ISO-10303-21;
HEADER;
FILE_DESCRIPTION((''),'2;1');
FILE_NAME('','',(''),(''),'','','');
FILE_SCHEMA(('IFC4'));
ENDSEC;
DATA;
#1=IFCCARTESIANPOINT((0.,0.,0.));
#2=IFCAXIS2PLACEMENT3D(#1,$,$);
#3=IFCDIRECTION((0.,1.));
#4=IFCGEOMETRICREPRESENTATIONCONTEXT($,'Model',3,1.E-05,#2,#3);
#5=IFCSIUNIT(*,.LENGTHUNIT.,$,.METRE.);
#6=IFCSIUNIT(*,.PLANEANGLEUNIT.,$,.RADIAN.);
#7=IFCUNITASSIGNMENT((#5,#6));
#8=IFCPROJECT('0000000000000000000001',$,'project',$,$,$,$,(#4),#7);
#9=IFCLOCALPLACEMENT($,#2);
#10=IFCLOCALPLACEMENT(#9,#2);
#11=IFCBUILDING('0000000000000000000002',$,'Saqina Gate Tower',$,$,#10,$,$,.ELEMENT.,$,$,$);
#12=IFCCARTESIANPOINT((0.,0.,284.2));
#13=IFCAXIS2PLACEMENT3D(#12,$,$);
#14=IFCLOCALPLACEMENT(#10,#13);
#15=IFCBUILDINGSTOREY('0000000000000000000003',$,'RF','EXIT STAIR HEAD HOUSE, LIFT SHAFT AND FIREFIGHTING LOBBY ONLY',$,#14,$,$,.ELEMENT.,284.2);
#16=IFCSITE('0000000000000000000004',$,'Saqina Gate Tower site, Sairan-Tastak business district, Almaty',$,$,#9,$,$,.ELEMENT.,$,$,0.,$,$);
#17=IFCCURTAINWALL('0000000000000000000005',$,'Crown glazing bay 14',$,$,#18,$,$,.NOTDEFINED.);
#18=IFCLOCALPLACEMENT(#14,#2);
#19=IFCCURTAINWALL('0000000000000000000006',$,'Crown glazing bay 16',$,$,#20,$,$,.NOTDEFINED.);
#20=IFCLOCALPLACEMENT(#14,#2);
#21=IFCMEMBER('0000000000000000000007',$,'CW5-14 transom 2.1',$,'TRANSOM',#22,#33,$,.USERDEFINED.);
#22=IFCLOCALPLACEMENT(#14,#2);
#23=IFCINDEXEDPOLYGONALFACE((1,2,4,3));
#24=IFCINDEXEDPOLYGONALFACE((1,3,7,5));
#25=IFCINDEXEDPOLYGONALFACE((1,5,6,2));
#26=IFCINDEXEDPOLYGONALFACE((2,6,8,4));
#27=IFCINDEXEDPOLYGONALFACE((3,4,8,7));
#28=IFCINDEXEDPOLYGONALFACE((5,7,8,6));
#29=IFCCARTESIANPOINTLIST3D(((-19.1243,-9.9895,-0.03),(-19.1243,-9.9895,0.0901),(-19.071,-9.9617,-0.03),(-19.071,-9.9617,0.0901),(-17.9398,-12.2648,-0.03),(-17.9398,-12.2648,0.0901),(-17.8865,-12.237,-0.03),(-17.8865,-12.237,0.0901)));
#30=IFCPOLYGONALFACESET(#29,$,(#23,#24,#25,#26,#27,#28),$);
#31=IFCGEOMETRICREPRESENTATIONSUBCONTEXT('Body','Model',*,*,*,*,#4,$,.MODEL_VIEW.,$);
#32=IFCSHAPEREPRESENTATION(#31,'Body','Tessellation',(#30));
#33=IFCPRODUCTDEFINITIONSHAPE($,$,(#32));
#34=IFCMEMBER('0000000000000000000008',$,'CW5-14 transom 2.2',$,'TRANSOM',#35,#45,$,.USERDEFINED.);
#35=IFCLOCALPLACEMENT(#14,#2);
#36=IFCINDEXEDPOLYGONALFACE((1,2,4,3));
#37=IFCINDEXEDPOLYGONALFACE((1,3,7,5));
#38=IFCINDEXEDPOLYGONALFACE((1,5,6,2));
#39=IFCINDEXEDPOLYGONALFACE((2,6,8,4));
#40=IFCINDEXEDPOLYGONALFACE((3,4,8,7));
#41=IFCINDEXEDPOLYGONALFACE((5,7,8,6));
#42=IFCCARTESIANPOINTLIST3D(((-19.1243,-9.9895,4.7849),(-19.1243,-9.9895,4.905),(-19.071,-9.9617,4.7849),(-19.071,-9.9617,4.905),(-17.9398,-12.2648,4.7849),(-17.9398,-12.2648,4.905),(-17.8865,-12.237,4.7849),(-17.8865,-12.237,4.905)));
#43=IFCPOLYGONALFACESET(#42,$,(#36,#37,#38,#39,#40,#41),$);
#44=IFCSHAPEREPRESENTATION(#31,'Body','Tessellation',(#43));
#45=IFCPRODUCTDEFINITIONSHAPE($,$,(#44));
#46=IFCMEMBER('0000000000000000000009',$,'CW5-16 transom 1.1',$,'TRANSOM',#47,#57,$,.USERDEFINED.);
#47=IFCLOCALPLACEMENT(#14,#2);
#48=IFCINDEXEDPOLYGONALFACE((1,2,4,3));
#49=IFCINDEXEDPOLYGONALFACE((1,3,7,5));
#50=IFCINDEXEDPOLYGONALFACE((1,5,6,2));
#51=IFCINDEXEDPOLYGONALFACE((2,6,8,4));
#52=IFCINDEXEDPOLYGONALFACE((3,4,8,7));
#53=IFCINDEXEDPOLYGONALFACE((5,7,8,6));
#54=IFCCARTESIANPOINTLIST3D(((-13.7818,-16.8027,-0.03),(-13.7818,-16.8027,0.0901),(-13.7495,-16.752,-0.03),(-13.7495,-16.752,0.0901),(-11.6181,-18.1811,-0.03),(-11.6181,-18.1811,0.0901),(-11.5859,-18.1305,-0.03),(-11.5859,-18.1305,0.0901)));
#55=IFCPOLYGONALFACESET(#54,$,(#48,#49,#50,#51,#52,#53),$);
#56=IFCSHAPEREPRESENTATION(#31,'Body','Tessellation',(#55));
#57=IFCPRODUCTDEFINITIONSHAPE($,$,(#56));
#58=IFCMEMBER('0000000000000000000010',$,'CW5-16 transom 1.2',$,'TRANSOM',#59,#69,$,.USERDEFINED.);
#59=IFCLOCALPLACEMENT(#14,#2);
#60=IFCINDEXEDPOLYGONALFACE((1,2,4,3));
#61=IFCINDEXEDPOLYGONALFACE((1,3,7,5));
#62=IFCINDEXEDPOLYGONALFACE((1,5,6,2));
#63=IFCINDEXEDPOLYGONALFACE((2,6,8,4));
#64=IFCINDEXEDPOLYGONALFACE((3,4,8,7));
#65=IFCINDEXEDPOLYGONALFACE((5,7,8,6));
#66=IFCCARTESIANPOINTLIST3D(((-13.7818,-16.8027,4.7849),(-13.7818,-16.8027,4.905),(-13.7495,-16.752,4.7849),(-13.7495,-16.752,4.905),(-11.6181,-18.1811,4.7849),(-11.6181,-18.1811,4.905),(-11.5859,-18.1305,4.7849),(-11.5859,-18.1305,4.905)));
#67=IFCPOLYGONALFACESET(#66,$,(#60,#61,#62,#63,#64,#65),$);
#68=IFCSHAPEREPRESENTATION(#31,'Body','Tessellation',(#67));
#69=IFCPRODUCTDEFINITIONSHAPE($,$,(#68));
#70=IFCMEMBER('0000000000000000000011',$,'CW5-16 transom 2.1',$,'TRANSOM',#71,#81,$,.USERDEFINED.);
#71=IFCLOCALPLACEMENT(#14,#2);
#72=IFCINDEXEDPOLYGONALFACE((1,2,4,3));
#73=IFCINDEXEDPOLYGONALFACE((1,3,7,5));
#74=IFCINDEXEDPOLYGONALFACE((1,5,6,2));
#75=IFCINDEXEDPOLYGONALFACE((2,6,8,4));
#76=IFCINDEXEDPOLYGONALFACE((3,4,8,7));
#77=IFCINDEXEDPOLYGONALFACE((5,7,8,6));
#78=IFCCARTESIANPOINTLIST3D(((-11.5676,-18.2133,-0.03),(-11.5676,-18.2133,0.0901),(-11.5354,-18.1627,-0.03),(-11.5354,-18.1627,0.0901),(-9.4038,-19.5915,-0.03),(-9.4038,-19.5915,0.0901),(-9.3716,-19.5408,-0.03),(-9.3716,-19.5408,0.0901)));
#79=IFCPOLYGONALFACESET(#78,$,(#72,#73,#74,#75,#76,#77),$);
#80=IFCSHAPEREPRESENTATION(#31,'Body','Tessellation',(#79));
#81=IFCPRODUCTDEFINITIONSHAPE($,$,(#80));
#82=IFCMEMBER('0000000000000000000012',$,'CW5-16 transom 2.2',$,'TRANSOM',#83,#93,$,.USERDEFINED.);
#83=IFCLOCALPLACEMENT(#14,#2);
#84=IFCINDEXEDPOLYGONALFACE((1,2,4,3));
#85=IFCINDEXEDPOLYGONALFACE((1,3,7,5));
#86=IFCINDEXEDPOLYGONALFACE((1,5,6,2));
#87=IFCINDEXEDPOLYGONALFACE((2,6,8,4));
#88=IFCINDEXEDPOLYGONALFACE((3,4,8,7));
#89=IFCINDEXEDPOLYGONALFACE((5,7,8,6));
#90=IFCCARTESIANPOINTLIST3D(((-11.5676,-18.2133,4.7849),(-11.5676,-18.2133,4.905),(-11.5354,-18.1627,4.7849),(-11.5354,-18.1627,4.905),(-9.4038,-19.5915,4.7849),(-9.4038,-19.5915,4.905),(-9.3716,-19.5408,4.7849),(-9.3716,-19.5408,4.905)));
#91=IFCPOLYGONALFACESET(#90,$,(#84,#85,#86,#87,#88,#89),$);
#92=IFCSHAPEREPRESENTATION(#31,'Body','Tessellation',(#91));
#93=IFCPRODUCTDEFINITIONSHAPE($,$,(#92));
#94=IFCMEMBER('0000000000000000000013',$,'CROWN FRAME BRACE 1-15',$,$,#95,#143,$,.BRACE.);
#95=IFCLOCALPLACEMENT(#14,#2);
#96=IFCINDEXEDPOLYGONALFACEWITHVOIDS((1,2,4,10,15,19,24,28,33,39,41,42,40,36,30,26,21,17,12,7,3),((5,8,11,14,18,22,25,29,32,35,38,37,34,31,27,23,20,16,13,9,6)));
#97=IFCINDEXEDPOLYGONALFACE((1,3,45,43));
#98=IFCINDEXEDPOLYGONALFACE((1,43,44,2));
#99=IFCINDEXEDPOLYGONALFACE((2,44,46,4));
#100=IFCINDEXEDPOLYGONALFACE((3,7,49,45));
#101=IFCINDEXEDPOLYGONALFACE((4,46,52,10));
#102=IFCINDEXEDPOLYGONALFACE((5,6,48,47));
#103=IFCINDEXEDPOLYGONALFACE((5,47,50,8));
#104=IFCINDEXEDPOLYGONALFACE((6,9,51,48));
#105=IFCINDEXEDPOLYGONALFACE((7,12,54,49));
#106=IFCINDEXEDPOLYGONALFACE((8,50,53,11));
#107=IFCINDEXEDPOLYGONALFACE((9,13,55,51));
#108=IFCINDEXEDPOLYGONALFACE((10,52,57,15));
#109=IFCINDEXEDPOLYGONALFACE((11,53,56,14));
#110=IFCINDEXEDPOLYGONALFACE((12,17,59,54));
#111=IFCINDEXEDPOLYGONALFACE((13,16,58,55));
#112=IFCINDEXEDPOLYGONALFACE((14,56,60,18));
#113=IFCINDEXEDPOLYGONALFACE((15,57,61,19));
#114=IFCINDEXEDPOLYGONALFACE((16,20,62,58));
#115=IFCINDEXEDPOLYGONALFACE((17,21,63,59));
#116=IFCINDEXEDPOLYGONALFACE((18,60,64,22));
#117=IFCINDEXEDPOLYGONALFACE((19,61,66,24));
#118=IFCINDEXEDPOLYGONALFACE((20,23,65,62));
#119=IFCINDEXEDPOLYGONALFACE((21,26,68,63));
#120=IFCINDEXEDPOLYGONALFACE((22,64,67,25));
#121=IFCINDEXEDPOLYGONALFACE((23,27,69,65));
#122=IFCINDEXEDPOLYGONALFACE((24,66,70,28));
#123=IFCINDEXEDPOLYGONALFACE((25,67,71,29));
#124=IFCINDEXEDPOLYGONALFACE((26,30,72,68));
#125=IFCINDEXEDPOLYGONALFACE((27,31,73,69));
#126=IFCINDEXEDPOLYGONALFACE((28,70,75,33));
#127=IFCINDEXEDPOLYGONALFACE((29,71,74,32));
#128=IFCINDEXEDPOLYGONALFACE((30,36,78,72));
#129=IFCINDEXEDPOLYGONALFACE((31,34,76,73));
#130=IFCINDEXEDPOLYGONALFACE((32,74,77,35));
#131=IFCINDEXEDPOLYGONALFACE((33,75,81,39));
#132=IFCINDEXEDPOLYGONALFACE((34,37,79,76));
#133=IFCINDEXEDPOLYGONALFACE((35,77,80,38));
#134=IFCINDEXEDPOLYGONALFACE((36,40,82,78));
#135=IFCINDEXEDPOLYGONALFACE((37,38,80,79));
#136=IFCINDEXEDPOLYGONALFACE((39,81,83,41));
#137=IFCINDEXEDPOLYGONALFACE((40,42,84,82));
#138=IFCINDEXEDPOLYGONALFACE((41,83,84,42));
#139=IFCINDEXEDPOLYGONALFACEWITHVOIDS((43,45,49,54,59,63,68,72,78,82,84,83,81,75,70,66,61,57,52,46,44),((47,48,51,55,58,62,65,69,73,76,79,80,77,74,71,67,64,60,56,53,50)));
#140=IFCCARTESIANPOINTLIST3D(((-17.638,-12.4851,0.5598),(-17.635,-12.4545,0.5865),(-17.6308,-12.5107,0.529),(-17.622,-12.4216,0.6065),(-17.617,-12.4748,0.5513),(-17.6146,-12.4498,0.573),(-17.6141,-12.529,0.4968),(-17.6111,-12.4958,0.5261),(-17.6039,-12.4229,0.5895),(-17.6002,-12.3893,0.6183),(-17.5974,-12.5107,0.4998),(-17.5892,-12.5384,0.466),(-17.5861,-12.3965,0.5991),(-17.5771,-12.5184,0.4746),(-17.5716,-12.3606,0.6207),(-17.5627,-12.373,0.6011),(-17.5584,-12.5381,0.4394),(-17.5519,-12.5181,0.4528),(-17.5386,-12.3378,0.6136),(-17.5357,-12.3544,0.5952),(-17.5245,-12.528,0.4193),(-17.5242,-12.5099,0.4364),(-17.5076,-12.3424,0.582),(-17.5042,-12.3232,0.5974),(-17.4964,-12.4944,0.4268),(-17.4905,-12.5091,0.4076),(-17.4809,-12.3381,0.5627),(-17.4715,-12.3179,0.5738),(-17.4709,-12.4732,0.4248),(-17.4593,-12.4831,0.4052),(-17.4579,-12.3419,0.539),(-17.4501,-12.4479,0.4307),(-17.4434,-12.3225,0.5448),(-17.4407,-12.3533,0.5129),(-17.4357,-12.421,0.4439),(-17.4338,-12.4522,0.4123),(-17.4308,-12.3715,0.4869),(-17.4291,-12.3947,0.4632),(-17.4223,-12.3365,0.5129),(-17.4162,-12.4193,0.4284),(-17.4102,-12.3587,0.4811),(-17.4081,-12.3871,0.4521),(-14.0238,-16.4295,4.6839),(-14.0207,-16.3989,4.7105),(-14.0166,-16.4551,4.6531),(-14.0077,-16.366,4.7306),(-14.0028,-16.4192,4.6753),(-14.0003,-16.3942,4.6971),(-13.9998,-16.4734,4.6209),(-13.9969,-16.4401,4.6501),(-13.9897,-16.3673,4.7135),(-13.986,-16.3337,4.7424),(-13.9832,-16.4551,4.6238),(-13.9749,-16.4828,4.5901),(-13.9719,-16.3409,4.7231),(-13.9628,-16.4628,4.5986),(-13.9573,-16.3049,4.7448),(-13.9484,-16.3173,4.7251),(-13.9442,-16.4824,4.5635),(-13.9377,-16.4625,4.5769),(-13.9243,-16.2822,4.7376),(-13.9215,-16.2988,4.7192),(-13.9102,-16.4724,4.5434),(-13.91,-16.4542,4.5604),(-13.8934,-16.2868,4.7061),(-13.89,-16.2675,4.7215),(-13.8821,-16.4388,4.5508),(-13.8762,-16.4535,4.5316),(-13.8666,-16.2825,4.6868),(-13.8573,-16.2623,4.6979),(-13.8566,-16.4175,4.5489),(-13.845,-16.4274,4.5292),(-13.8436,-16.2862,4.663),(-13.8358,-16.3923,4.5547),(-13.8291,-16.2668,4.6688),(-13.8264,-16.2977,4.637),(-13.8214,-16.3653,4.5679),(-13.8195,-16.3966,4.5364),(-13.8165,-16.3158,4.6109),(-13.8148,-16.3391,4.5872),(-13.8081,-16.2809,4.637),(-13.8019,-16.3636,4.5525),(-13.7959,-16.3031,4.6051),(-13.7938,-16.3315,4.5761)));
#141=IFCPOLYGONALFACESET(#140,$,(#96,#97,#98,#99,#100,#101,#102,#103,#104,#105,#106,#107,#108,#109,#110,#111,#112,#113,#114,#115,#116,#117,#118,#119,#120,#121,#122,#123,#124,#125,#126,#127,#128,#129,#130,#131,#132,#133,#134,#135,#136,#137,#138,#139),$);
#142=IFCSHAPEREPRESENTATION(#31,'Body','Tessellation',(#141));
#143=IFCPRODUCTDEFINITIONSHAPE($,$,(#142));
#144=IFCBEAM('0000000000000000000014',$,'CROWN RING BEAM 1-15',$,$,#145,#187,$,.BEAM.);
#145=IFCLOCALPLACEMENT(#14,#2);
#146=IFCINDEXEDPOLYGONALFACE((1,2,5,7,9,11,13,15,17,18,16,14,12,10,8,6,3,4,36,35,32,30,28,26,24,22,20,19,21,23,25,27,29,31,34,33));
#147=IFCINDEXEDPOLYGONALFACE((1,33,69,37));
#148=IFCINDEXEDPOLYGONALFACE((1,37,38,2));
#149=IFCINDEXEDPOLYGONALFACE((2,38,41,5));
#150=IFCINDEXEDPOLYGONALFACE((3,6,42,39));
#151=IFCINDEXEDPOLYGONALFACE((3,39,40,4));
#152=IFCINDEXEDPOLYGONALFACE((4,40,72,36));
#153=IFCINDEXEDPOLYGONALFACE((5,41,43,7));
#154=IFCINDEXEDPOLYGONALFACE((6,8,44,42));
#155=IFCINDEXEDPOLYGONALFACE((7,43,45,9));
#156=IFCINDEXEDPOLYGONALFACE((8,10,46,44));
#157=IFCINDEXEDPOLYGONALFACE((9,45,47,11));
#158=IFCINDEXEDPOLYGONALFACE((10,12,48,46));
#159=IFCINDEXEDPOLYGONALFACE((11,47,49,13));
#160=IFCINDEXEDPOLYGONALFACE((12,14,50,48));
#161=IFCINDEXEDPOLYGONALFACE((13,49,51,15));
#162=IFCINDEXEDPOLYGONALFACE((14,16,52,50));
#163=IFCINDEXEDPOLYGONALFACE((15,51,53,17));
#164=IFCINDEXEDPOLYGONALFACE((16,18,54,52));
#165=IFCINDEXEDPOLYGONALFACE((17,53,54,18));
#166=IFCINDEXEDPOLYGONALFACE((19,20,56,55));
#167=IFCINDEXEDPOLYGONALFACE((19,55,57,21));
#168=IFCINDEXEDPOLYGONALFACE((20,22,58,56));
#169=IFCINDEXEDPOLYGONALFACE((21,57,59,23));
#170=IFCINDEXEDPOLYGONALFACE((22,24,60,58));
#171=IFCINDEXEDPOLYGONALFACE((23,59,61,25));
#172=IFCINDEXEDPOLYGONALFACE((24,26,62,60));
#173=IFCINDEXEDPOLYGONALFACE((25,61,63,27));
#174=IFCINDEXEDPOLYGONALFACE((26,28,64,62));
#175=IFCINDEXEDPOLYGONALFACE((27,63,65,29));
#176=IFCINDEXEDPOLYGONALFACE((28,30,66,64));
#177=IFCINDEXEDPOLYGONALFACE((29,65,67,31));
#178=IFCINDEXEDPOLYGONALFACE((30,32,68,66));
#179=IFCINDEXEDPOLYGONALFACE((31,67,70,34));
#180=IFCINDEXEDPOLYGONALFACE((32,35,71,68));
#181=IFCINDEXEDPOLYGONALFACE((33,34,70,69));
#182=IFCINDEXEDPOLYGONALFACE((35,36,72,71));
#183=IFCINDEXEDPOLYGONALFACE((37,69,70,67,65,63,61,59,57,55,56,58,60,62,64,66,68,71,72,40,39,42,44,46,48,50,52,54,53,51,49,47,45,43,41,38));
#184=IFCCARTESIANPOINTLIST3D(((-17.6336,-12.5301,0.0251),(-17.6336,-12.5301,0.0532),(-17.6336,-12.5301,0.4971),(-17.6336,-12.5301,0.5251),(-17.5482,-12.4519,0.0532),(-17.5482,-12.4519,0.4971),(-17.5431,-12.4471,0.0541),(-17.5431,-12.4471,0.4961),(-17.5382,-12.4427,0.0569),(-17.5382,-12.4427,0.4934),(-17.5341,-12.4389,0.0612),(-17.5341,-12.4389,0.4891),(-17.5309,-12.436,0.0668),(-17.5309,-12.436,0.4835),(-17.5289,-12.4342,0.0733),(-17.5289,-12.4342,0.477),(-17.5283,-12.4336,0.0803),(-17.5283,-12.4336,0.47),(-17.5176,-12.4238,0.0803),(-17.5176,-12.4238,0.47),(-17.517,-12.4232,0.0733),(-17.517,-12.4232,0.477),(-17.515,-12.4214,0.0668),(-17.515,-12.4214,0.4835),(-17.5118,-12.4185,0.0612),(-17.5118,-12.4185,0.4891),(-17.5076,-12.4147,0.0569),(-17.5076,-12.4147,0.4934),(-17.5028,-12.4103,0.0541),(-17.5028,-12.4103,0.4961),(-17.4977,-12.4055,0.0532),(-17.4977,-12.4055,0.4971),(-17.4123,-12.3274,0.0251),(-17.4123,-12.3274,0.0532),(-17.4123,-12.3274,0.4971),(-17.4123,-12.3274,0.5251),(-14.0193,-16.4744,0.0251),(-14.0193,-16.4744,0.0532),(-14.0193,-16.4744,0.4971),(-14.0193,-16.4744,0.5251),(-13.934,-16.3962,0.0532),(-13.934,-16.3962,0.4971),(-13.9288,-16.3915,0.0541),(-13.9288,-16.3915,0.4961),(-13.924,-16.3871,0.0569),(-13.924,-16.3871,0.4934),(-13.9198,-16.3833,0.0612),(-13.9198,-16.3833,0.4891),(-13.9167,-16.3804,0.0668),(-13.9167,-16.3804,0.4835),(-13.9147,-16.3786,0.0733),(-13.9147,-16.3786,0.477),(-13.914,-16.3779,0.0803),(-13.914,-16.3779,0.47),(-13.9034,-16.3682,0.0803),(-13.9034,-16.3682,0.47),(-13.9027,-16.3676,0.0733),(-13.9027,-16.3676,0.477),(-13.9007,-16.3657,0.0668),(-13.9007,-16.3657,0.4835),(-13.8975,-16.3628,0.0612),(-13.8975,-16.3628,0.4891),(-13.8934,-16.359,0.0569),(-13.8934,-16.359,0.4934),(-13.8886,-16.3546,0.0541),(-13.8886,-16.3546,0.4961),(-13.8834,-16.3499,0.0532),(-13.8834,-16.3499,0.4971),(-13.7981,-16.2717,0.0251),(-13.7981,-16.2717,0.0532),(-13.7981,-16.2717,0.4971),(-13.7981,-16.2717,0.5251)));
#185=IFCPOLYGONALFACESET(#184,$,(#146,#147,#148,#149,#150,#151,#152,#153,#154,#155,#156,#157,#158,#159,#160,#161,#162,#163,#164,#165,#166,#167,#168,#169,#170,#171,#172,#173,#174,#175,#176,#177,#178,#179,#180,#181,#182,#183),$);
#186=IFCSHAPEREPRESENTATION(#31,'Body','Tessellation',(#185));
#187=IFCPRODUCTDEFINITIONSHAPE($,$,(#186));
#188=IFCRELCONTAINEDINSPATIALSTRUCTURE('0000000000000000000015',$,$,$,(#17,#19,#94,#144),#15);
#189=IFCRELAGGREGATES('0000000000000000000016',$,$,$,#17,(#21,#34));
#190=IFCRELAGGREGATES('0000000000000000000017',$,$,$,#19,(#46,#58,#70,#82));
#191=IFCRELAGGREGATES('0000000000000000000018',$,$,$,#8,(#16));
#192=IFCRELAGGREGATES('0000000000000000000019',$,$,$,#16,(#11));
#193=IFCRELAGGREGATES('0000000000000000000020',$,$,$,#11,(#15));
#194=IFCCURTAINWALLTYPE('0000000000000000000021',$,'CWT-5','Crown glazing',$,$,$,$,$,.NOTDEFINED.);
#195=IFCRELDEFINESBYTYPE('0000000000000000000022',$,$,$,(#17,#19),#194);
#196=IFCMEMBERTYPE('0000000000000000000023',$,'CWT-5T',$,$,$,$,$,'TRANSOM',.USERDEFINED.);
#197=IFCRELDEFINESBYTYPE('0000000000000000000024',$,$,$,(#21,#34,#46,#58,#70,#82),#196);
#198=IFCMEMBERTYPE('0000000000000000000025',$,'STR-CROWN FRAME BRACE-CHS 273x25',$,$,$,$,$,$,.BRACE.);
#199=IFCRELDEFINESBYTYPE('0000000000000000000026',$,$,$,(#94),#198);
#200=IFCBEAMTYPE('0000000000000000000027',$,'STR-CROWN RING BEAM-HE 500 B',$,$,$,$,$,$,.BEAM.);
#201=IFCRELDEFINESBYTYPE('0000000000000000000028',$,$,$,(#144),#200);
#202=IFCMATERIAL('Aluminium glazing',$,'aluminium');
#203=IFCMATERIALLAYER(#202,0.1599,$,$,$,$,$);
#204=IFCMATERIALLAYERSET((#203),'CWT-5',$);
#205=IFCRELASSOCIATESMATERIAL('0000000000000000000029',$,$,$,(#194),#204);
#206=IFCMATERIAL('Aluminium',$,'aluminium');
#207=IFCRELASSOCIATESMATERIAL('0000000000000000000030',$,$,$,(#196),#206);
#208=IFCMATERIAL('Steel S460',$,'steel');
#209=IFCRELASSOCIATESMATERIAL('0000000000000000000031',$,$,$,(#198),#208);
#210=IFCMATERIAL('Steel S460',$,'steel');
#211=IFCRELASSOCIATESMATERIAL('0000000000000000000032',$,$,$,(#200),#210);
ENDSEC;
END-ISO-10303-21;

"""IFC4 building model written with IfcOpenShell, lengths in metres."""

from ifc_helpers import new_model, si_unit, direction, frame, origin, origin_2d, place, context, subcontext, project, spatial, rectangle, hollow_circle, i_section, extrude, material, layer, layer_set, material_profile, profile_set, type_object, element, aggregate, save


model = new_model("IFC4")

# Units and contexts
model_context = context("Model", 3, precision=1e-05, world=origin(), true_north=direction((0.0, 1.0)))
body_context = subcontext(model_context, "Body", "Model", "MODEL_VIEW")
ifc_project = project(units=[si_unit("LENGTHUNIT", "METRE"), si_unit("PLANEANGLEUNIT", "RADIAN")], contexts=[model_context])

# Site, building, storey
site_placement = place(None, origin())
site = spatial("IfcSite", under=ifc_project, at=site_placement, Name="Saqina Gate Tower site, Sairan-Tastak business district, Almaty", CompositionType="ELEMENT", RefElevation=0.0)
building_placement = place(site_placement, origin())
building = spatial("IfcBuilding", under=site, at=building_placement, Name="Saqina Gate Tower", CompositionType="ELEMENT")
storey_placement = place(building_placement, frame((0.0, 0.0, 284.2)))
storey = spatial("IfcBuildingStorey", under=building, at=storey_placement, Name="RF", Description="EXIT STAIR HEAD HOUSE, LIFT SHAFT AND FIREFIGHTING LOBBY ONLY", CompositionType="ELEMENT", Elevation=284.2)

# Curtain walls
ifc_material_1 = material(Name="Aluminium glazing", Category="aluminium")
ifc_layer_1 = layer(ifc_material_1, 0.1599)
ifc_layer_set_1 = layer_set([ifc_layer_1], Name="CWT-5")
curtain_wall_type = type_object("IfcCurtainWallType", Name="CWT-5", Description="Crown glazing", PredefinedType="NOTDEFINED", material=ifc_layer_set_1)
curtain_wall_1_placement = place(storey_placement, origin())
curtain_wall_1 = element("IfcCurtainWall", 1, at=curtain_wall_1_placement, inside=storey, type_object=curtain_wall_type, Name="Crown glazing bay 14", PredefinedType="NOTDEFINED")
curtain_wall_2_placement = place(storey_placement, origin())
curtain_wall_2 = element("IfcCurtainWall", 2, at=curtain_wall_2_placement, inside=storey, type_object=curtain_wall_type, Name="Crown glazing bay 16", PredefinedType="NOTDEFINED")

# Members
ifc_material_2 = material(Name="Aluminium", Category="aluminium")
ifc_material_profile_1 = material_profile(ifc_material_2, rectangle(XDim=0.0601, YDim=0.1201, at=origin_2d()), Name="Aluminium 60x120")
ifc_profile_set_1 = profile_set([ifc_material_profile_1], Name="Aluminium")
member_type_1 = type_object("IfcMemberType", Name="CWT-5T", ElementType="TRANSOM", PredefinedType="USERDEFINED", material=ifc_profile_set_1)
member_1_placement = place(storey_placement, frame((-19.0977, -9.9756, 0.03), z_axis=(0.461772, -0.886999, 0.0), x_axis=(0.886999, 0.461772, 0.0)))
member_1 = element("IfcMember", 3, at=member_1_placement, type_object=member_type_1, Name="CW5-14 transom 2.1", ObjectType="TRANSOM", PredefinedType="USERDEFINED", context=body_context, shape_type="SweptSolid", body=[
    extrude(rectangle(XDim=0.0601, YDim=0.1201, at=origin_2d()), origin(), (0.0, 0.0, 1.0), 2.5652),
])
member_2_placement = place(storey_placement, frame((-19.0977, -9.9756, 4.845), z_axis=(0.461772, -0.886999, 0.0), x_axis=(0.886999, 0.461772, 0.0)))
member_2 = element("IfcMember", 4, at=member_2_placement, type_object=member_type_1, Name="CW5-14 transom 2.2", ObjectType="TRANSOM", PredefinedType="USERDEFINED", context=body_context, shape_type="SweptSolid", body=[
    extrude(rectangle(XDim=0.0601, YDim=0.1201, at=origin_2d()), origin(), (0.0, 0.0, 1.0), 2.5652),
])
member_3_placement = place(storey_placement, frame((-13.7656, -16.7773, 0.03), z_axis=(0.843379, -0.537319, 0.0), x_axis=(0.537319, 0.843379, 0.0)))
member_3 = element("IfcMember", 5, at=member_3_placement, type_object=member_type_1, Name="CW5-16 transom 1.1", ObjectType="TRANSOM", PredefinedType="USERDEFINED", context=body_context, shape_type="SweptSolid", body=[
    extrude(rectangle(XDim=0.0601, YDim=0.1201, at=origin_2d()), origin(), (0.0, 0.0, 1.0), 2.5654),
])
member_4_placement = place(storey_placement, frame((-13.7656, -16.7773, 4.845), z_axis=(0.843379, -0.537319, 0.0), x_axis=(0.537319, 0.843379, 0.0)))
member_4 = element("IfcMember", 6, at=member_4_placement, type_object=member_type_1, Name="CW5-16 transom 1.2", ObjectType="TRANSOM", PredefinedType="USERDEFINED", context=body_context, shape_type="SweptSolid", body=[
    extrude(rectangle(XDim=0.0601, YDim=0.1201, at=origin_2d()), origin(), (0.0, 0.0, 1.0), 2.5654),
])
member_5_placement = place(storey_placement, frame((-11.5515, -18.188, 0.03), z_axis=(0.84345, -0.537208, 0.0), x_axis=(0.537208, 0.84345, 0.0)))
member_5 = element("IfcMember", 7, at=member_5_placement, type_object=member_type_1, Name="CW5-16 transom 2.1", ObjectType="TRANSOM", PredefinedType="USERDEFINED", context=body_context, shape_type="SweptSolid", body=[
    extrude(rectangle(XDim=0.0601, YDim=0.1201, at=origin_2d()), origin(), (0.0, 0.0, 1.0), 2.5654),
])
member_6_placement = place(storey_placement, frame((-11.5515, -18.188, 4.845), z_axis=(0.84345, -0.537208, 0.0), x_axis=(0.537208, 0.84345, 0.0)))
member_6 = element("IfcMember", 8, at=member_6_placement, type_object=member_type_1, Name="CW5-16 transom 2.2", ObjectType="TRANSOM", PredefinedType="USERDEFINED", context=body_context, shape_type="SweptSolid", body=[
    extrude(rectangle(XDim=0.0601, YDim=0.1201, at=origin_2d()), origin(), (0.0, 0.0, 1.0), 2.5654),
])
ifc_material_3 = material(Name="Steel S460", Category="steel")
ifc_material_profile_2 = material_profile(ifc_material_3, hollow_circle(Radius=0.1365, WallThickness=0.0249, at=origin_2d()), Name="CHS 273x25")
ifc_profile_set_2 = profile_set([ifc_material_profile_2], Name="Steel S460")
member_type_2 = type_object("IfcMemberType", Name="STR-CROWN FRAME BRACE-CHS 273x25", PredefinedType="BRACE", material=ifc_profile_set_2)
member_7_placement = place(storey_placement, frame((-17.5229, -12.4287, 0.5129), z_axis=(0.53506, -0.583925, 0.610526), x_axis=(0.737283, 0.675584, 0.0)))
element("IfcMember", 9, at=member_7_placement, inside=storey, type_object=member_type_2, Name="CROWN FRAME BRACE 1-15", PredefinedType="BRACE", context=body_context, shape_type="SweptSolid", body=[
    extrude(hollow_circle(Radius=0.1365, WallThickness=0.0249, at=origin_2d()), origin(), (0.0, 0.0, 1.0), 6.7549),
])

# Beam
ifc_material_4 = material(Name="Steel S460", Category="steel")
ifc_material_profile_3 = material_profile(ifc_material_4, i_section(OverallWidth=0.3, OverallDepth=0.5, WebThickness=0.0144, FlangeThickness=0.0281, FilletRadius=0.0271, at=origin_2d()), Name="HE 500 B")
ifc_profile_set_3 = profile_set([ifc_material_profile_3], Name="Steel S460")
beam_type = type_object("IfcBeamType", Name="STR-CROWN RING BEAM-HE 500 B", PredefinedType="BEAM", material=ifc_profile_set_3)
beam_1_placement = place(storey_placement, frame((-17.5229, -12.4287, 0.2751), z_axis=(0.675584, -0.737283, 0.0), x_axis=(0.737283, 0.675584, 0.0)))
element("IfcBeam", 10, at=beam_1_placement, inside=storey, type_object=beam_type, Name="CROWN RING BEAM 1-15", PredefinedType="BEAM", context=body_context, shape_type="SweptSolid", body=[
    extrude(i_section(OverallWidth=0.3, OverallDepth=0.5, WebThickness=0.0144, FlangeThickness=0.0281, FilletRadius=0.0271, at=origin_2d()), origin(), (0.0, 0.0, 1.0), 5.3499),
])

aggregate(curtain_wall_1, [member_1, member_2])
aggregate(curtain_wall_2, [member_3, member_4, member_5, member_6])

save(model, "model.ifc")
